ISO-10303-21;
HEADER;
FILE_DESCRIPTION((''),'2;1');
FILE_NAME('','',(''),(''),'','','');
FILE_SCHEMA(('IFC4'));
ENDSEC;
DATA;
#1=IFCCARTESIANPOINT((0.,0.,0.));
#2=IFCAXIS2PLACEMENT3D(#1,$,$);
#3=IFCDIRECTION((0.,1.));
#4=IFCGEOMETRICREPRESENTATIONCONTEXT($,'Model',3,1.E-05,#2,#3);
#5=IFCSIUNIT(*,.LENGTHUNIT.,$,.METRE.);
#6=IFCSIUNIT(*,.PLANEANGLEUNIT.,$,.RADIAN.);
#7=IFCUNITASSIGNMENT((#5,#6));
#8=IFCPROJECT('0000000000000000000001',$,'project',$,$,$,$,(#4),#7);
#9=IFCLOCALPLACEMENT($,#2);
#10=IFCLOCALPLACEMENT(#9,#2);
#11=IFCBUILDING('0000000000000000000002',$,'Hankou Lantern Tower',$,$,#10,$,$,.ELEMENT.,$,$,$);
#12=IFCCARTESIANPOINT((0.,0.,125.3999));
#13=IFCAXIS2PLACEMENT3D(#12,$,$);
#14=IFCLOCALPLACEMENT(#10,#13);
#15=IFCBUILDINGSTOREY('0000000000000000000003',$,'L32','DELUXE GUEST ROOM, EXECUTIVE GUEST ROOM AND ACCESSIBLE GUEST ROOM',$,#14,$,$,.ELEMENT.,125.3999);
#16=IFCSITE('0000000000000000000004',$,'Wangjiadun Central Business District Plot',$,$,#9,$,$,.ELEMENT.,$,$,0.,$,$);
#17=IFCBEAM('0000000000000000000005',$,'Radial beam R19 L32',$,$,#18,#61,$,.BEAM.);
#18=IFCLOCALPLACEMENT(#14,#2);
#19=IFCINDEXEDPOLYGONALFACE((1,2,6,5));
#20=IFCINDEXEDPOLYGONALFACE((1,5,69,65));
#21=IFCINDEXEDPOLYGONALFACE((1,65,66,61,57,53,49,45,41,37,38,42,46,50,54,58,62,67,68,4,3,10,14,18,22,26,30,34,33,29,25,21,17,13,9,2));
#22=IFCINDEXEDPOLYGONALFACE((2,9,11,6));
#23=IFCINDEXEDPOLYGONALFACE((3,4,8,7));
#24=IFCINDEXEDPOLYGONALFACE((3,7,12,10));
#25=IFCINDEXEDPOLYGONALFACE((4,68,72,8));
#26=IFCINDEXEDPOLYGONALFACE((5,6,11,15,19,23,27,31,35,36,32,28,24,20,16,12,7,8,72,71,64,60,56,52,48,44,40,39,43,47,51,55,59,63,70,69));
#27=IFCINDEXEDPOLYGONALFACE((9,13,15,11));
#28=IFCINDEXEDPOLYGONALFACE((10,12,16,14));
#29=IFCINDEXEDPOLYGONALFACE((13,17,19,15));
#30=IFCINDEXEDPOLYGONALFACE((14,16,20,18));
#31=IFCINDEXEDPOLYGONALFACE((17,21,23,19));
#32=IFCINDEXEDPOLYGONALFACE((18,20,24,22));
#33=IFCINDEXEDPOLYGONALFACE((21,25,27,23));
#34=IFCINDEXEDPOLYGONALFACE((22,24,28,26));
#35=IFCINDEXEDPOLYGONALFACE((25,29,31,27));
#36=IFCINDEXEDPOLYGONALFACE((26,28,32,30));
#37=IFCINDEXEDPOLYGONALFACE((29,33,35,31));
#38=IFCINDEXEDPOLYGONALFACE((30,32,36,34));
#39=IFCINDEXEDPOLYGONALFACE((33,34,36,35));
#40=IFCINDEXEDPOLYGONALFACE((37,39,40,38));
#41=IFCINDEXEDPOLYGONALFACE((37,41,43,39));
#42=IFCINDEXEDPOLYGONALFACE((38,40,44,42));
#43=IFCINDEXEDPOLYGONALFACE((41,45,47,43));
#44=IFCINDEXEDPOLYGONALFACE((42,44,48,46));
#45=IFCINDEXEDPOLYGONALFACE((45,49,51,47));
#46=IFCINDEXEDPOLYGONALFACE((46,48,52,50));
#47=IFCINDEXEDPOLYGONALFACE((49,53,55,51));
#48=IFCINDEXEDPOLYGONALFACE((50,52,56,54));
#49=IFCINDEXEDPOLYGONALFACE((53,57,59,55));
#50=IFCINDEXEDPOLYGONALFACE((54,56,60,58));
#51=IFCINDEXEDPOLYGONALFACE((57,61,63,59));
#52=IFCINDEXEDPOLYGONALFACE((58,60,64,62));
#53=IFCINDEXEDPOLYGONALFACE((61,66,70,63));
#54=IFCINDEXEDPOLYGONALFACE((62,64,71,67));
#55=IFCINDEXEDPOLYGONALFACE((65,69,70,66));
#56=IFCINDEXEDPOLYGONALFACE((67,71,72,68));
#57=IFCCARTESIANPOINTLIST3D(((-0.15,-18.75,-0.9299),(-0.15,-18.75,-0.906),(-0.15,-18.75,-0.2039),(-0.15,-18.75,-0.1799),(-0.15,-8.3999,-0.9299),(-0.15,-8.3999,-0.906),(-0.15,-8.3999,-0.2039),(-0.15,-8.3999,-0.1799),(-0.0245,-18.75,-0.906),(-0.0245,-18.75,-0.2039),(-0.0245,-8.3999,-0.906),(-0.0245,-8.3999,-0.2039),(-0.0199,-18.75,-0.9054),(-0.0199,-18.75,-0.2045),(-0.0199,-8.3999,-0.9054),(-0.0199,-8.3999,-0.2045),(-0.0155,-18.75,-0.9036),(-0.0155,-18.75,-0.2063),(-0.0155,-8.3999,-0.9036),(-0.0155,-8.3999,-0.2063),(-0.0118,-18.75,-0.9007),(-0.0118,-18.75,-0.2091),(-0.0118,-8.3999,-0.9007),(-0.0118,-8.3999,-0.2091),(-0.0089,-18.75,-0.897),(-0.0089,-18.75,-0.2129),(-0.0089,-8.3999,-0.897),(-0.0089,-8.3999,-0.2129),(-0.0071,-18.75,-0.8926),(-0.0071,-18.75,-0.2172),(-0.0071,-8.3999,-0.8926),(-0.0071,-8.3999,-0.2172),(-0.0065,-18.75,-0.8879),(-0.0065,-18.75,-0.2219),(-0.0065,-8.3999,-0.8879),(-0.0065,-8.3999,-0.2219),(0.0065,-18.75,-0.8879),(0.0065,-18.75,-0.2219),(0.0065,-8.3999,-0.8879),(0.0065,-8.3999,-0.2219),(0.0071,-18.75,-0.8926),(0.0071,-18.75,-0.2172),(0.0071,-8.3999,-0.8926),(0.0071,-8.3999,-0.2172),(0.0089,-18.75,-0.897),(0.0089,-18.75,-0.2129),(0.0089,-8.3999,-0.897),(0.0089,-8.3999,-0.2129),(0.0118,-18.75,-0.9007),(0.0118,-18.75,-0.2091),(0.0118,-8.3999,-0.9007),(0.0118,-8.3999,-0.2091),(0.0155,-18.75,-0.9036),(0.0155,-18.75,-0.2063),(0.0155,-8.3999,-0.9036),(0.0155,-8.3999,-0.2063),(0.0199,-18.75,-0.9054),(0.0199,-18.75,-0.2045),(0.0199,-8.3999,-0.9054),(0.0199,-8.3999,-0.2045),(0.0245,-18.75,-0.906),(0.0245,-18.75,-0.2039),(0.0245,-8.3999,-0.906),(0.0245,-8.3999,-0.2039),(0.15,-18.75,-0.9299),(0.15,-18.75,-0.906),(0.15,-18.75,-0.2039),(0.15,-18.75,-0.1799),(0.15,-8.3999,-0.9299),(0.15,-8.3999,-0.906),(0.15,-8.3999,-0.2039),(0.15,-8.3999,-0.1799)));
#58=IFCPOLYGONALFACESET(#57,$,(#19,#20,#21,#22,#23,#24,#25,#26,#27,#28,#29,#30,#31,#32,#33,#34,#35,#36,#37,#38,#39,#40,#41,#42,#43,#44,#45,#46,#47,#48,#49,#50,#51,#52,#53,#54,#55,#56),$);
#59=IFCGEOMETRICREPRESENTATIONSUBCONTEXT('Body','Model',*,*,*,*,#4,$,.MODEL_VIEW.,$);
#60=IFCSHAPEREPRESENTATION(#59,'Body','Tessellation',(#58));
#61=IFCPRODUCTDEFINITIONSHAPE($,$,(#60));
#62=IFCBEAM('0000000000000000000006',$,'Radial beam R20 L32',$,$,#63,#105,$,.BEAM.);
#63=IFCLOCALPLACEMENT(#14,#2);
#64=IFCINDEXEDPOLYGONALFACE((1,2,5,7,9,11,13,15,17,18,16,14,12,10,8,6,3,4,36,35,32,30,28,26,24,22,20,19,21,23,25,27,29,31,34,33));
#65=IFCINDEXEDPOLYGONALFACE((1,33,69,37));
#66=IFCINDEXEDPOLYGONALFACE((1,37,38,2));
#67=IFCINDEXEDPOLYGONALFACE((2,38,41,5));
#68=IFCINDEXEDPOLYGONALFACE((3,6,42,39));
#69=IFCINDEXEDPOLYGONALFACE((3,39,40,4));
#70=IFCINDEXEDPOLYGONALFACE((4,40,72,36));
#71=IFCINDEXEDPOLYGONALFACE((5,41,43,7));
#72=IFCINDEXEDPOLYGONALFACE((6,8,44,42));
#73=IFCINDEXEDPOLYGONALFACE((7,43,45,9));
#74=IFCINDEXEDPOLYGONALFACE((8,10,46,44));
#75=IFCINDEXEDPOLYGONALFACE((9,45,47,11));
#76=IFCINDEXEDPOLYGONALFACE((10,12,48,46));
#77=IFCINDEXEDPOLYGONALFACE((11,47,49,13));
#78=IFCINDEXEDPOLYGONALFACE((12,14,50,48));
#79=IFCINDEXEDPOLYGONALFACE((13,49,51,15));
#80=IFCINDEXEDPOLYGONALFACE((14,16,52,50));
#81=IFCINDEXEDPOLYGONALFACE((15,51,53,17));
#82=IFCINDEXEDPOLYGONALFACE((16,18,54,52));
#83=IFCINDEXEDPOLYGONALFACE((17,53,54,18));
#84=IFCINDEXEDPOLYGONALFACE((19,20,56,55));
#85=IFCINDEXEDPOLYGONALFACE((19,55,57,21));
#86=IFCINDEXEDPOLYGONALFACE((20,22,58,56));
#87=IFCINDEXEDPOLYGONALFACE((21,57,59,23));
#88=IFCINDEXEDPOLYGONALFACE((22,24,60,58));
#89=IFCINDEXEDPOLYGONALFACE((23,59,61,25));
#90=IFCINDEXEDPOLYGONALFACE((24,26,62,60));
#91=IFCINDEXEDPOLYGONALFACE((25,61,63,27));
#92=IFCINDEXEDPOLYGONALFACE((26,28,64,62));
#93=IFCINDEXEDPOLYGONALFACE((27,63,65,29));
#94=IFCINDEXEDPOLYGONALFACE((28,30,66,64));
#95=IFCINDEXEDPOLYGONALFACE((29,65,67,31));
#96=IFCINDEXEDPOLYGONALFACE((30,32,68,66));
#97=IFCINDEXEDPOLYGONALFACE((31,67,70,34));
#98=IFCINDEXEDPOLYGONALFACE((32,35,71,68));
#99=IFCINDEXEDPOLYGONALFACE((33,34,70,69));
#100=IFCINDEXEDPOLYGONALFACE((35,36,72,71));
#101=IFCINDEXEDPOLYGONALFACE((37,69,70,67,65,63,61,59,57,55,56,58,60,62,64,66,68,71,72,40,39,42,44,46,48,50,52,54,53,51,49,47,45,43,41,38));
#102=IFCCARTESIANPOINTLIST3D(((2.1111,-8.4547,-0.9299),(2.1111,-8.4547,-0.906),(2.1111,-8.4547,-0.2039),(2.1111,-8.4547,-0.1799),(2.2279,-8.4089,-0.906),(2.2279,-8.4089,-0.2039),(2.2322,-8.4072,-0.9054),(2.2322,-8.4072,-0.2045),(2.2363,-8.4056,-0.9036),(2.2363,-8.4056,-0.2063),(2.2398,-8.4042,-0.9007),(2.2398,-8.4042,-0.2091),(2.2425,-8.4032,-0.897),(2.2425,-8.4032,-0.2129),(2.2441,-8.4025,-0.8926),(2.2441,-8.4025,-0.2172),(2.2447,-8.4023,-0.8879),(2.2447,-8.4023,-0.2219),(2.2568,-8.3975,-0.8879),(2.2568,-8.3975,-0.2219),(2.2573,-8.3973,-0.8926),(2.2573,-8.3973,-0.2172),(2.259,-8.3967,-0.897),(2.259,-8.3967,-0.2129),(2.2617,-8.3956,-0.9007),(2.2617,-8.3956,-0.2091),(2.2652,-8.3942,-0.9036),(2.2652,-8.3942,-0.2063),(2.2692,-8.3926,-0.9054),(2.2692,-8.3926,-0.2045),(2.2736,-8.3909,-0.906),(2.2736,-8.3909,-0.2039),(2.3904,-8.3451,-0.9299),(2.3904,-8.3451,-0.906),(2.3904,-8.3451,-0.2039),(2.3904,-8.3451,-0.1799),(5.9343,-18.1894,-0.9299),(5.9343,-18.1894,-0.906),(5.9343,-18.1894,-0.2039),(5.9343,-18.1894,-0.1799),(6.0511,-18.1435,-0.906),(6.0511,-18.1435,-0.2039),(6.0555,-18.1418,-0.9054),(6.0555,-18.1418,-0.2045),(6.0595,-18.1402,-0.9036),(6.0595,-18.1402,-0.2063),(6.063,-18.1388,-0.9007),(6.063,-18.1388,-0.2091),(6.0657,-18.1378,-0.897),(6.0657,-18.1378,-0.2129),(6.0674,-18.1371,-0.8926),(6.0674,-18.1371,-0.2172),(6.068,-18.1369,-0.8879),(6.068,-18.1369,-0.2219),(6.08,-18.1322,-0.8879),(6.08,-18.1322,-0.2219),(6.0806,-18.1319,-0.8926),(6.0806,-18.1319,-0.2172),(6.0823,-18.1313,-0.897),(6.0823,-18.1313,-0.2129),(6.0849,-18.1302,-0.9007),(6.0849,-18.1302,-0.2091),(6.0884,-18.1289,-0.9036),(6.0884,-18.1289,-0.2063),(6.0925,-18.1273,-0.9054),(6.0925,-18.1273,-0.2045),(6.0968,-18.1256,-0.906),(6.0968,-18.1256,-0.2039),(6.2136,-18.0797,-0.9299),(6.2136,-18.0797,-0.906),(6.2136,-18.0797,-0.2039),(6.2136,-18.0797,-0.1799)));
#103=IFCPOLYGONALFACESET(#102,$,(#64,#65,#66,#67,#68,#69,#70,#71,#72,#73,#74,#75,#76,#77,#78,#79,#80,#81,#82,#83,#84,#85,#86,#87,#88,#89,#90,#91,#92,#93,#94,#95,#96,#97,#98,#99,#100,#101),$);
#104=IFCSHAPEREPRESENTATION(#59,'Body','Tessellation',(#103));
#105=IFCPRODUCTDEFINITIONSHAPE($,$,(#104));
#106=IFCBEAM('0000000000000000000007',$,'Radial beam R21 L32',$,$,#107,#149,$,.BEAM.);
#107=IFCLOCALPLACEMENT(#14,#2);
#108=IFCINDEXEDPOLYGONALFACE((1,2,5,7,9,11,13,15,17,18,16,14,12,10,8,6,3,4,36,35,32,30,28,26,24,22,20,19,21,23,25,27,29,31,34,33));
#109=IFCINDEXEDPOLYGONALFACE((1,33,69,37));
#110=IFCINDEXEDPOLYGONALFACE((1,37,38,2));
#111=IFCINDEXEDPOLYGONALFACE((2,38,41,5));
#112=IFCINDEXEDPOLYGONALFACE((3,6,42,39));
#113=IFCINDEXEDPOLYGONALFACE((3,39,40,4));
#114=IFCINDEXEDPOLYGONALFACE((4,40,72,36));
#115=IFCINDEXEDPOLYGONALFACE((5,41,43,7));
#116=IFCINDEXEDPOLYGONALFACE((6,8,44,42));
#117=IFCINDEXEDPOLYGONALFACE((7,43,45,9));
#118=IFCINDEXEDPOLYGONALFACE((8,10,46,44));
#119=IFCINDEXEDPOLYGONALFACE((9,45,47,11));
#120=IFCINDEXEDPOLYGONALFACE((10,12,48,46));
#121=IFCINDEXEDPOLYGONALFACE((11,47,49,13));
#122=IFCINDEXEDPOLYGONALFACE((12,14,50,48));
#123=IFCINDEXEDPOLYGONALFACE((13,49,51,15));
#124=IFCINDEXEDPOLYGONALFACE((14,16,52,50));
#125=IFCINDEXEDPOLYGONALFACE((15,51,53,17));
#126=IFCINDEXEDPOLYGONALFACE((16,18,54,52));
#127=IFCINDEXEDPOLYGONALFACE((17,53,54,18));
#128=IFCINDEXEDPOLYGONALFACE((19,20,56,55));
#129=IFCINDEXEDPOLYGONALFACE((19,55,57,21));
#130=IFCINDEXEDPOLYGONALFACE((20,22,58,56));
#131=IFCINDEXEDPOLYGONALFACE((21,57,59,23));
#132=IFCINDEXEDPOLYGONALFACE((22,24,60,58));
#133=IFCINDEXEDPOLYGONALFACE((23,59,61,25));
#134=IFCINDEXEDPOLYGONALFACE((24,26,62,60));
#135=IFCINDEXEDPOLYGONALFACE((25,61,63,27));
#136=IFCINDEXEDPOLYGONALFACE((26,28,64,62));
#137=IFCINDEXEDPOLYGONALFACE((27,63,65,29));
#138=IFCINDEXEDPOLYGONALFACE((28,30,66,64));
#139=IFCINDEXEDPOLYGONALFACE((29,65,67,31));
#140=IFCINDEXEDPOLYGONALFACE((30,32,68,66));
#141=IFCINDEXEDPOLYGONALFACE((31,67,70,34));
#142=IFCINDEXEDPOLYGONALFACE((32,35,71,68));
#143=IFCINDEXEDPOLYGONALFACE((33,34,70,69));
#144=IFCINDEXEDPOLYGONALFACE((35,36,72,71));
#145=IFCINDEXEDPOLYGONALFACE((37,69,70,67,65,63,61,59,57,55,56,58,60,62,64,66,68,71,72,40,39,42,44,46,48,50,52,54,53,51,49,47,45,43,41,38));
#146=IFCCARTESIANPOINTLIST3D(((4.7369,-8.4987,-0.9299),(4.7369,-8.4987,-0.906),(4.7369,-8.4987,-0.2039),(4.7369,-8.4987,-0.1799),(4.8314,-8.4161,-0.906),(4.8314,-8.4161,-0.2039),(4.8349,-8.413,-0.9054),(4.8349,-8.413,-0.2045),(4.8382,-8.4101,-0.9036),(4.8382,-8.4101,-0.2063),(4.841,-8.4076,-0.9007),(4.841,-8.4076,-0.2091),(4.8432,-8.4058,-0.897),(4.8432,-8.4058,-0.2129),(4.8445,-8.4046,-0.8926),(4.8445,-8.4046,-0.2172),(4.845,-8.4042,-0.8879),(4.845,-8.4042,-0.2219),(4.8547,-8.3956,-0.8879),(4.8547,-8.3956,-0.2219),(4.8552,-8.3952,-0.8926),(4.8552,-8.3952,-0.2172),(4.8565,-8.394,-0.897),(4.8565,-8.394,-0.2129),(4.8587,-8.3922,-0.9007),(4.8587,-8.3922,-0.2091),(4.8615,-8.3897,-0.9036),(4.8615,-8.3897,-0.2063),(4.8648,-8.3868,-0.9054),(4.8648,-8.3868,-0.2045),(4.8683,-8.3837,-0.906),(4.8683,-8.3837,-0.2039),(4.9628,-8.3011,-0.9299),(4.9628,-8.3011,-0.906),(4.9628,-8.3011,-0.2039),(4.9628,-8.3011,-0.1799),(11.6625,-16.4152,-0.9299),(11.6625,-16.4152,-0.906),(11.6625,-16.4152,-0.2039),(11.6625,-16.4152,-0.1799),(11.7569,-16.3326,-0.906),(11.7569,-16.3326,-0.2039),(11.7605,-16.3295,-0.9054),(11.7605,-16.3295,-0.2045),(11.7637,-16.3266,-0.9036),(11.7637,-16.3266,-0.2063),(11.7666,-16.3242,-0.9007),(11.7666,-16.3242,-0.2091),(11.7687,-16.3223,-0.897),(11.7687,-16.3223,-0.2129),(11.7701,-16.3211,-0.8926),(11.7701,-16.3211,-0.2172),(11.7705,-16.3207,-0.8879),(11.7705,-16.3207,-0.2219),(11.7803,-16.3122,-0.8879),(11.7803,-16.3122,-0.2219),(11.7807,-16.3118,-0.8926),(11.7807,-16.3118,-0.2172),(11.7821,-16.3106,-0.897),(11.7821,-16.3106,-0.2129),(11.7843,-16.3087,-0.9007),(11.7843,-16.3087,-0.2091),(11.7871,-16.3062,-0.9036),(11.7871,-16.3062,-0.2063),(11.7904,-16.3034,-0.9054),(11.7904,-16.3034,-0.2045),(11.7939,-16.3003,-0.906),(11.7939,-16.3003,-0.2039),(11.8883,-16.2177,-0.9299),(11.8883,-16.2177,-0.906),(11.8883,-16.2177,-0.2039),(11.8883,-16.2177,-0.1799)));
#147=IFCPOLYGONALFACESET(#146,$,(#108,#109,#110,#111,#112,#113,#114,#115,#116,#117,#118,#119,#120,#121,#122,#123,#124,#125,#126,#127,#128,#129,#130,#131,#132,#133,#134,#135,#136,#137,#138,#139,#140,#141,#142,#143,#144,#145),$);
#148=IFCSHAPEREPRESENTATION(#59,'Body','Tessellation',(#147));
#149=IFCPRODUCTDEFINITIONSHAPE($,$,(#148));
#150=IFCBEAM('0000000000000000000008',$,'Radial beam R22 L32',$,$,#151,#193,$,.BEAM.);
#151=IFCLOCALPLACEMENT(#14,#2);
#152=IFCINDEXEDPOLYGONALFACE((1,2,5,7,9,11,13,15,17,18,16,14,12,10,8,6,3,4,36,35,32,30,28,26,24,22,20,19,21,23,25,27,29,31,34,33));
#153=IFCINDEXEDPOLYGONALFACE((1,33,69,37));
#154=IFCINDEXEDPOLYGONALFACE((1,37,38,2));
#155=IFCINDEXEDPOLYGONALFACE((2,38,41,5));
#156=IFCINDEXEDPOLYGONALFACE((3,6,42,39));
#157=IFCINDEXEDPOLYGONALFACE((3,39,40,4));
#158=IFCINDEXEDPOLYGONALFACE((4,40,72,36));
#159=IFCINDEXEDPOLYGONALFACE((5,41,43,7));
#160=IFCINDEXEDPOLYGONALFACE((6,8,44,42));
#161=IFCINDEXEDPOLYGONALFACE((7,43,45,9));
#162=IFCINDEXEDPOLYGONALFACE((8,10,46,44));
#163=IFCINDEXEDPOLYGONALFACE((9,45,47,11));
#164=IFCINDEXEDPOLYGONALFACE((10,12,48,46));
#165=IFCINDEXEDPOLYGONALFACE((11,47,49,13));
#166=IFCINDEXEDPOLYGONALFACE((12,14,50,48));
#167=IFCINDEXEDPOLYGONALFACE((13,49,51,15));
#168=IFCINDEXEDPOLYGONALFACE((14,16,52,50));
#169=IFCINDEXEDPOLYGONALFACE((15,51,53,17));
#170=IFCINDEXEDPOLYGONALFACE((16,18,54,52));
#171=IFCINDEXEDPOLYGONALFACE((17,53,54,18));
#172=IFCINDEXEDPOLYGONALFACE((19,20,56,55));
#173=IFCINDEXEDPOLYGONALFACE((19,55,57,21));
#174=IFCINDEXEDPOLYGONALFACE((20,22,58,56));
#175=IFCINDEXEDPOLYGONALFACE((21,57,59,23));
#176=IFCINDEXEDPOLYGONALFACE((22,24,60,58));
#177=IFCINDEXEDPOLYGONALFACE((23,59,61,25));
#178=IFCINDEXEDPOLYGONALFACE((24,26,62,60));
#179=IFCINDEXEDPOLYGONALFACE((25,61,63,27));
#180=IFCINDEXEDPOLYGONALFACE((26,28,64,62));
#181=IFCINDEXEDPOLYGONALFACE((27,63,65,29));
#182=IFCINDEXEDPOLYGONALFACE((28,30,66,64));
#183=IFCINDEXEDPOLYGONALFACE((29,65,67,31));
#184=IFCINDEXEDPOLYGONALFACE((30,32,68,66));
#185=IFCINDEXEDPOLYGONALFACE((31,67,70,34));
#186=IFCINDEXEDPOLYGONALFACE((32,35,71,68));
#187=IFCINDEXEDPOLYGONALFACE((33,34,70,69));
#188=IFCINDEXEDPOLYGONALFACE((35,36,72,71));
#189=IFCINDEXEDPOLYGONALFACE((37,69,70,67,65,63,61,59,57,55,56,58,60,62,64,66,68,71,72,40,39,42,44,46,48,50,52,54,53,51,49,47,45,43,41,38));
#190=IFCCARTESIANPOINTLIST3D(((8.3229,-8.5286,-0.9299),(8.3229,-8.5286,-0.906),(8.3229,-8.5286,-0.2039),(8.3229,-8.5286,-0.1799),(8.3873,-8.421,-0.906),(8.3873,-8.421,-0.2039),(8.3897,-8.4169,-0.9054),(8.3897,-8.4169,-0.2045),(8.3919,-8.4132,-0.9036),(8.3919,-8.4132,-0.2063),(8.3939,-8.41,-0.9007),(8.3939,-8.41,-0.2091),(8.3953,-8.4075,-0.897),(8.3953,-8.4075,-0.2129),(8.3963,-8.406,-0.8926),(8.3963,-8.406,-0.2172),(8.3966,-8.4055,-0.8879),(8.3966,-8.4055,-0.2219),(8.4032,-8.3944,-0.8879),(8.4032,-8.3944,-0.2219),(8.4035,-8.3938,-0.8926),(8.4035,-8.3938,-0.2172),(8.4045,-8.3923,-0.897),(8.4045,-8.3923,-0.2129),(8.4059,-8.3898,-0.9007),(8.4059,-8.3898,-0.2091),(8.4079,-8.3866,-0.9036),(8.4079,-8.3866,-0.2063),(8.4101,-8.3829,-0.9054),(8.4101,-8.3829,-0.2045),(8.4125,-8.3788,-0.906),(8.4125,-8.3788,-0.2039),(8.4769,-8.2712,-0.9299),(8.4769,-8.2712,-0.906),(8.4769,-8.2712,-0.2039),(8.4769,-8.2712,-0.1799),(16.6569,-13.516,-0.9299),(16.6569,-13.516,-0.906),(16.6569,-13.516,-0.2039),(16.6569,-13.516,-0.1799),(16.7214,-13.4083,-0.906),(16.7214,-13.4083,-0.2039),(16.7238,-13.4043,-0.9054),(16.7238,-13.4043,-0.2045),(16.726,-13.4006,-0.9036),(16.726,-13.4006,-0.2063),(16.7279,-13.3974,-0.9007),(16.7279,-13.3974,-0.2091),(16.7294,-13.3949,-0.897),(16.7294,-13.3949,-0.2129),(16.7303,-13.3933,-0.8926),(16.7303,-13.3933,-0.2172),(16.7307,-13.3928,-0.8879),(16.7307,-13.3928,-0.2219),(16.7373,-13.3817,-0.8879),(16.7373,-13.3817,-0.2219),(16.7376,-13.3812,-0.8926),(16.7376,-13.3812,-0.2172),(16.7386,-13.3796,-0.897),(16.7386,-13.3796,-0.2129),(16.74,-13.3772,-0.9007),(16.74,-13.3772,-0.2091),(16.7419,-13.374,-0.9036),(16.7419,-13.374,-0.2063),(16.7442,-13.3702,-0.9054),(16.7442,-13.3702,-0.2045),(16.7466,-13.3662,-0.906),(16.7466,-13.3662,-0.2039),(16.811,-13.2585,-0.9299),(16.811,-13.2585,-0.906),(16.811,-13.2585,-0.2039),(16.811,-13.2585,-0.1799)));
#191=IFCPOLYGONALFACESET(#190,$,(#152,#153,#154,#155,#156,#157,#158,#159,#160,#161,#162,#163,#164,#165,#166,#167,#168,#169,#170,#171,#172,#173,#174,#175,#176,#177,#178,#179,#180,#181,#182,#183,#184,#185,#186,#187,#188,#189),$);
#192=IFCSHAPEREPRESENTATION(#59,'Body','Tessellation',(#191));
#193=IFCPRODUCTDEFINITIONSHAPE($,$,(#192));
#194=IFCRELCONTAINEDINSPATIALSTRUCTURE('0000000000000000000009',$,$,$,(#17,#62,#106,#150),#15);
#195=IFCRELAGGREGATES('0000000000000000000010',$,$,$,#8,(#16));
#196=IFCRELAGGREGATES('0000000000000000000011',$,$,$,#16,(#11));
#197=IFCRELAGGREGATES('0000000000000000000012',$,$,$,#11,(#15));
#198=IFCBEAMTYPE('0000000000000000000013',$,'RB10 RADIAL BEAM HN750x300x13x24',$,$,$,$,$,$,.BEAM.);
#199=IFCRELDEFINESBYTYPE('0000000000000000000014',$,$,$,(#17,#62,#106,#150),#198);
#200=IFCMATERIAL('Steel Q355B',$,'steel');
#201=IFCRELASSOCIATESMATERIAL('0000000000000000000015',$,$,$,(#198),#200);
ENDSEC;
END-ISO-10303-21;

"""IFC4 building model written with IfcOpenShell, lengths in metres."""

from ifc_helpers import new_model, si_unit, direction, frame, origin, origin_2d, place, context, subcontext, project, spatial, i_section, extrude, material, material_profile, profile_set, type_object, element, save


model = new_model("IFC4")

# Units and contexts
model_context = context("Model", 3, precision=1e-05, world=origin(), true_north=direction((0.0, 1.0)))
body_context = subcontext(model_context, "Body", "Model", "MODEL_VIEW")
ifc_project = project(units=[si_unit("LENGTHUNIT", "METRE"), si_unit("PLANEANGLEUNIT", "RADIAN")], contexts=[model_context])

# Site, building, storey
site_placement = place(None, origin())
site = spatial("IfcSite", under=ifc_project, at=site_placement, Name="Wangjiadun Central Business District Plot", CompositionType="ELEMENT", RefElevation=0.0)
building_placement = place(site_placement, origin())
building = spatial("IfcBuilding", under=site, at=building_placement, Name="Hankou Lantern Tower", CompositionType="ELEMENT")
storey_placement = place(building_placement, frame((0.0, 0.0, 125.3999)))
storey = spatial("IfcBuildingStorey", under=building, at=storey_placement, Name="L32", Description="DELUXE GUEST ROOM, EXECUTIVE GUEST ROOM AND ACCESSIBLE GUEST ROOM", CompositionType="ELEMENT", Elevation=125.3999)

# Beams
ifc_material_1 = material(Name="Steel Q355B", Category="steel")
ifc_material_profile = material_profile(ifc_material_1, i_section(OverallWidth=0.3, OverallDepth=0.75, WebThickness=0.0129, FlangeThickness=0.0239, FilletRadius=0.0181, at=origin_2d()), Name="HN750x300x13x24")
ifc_profile_set = profile_set([ifc_material_profile], Name="Steel Q355B")
beam_type = type_object("IfcBeamType", Name="RB10 RADIAL BEAM HN750x300x13x24", PredefinedType="BEAM", material=ifc_profile_set)
beam_1_placement = place(storey_placement, frame((0.0, -8.3999, -0.5549), z_axis=(0.0, -1.0, 0.0), x_axis=(1.0, 0.0, 0.0)))
element("IfcBeam", 1, at=beam_1_placement, inside=storey, type_object=beam_type, Name="Radial beam R19 L32", PredefinedType="BEAM", context=body_context, shape_type="SweptSolid", body=[
    extrude(i_section(OverallWidth=0.3, OverallDepth=0.75, WebThickness=0.0129, FlangeThickness=0.0239, FilletRadius=0.0181, at=origin_2d()), origin(), (0.0, 0.0, 1.0), 10.3501),
])
beam_2_placement = place(storey_placement, frame((2.2507, -8.3999, -0.5549), z_axis=(0.365564, -0.930786, 0.0), x_axis=(0.930786, 0.365564, 0.0)))
element("IfcBeam", 2, at=beam_2_placement, inside=storey, type_object=beam_type, Name="Radial beam R20 L32", PredefinedType="BEAM", context=body_context, shape_type="SweptSolid", body=[
    extrude(i_section(OverallWidth=0.3, OverallDepth=0.75, WebThickness=0.0129, FlangeThickness=0.0239, FilletRadius=0.0181, at=origin_2d()), origin(), (0.0, 0.0, 1.0), 10.4585),
])
beam_3_placement = place(storey_placement, frame((4.8499, -8.3999, -0.5549), z_axis=(0.658429, -0.752643, 0.0), x_axis=(0.752643, 0.658429, 0.0)))
element("IfcBeam", 3, at=beam_3_placement, inside=storey, type_object=beam_type, Name="Radial beam R21 L32", PredefinedType="BEAM", context=body_context, shape_type="SweptSolid", body=[
    extrude(i_section(OverallWidth=0.3, OverallDepth=0.75, WebThickness=0.0129, FlangeThickness=0.0239, FilletRadius=0.0181, at=origin_2d()), origin(), (0.0, 0.0, 1.0), 10.5183),
])
beam_4_placement = place(storey_placement, frame((8.3999, -8.3999, -0.5549), z_axis=(0.858087, -0.513505, 0.0), x_axis=(0.513505, 0.858087, 0.0)))
element("IfcBeam", 4, at=beam_4_placement, inside=storey, type_object=beam_type, Name="Radial beam R22 L32", PredefinedType="BEAM", context=body_context, shape_type="SweptSolid", body=[
    extrude(i_section(OverallWidth=0.3, OverallDepth=0.75, WebThickness=0.0129, FlangeThickness=0.0239, FilletRadius=0.0181, at=origin_2d()), origin(), (0.0, 0.0, 1.0), 9.7124),
])

save(model, "model.ifc")
